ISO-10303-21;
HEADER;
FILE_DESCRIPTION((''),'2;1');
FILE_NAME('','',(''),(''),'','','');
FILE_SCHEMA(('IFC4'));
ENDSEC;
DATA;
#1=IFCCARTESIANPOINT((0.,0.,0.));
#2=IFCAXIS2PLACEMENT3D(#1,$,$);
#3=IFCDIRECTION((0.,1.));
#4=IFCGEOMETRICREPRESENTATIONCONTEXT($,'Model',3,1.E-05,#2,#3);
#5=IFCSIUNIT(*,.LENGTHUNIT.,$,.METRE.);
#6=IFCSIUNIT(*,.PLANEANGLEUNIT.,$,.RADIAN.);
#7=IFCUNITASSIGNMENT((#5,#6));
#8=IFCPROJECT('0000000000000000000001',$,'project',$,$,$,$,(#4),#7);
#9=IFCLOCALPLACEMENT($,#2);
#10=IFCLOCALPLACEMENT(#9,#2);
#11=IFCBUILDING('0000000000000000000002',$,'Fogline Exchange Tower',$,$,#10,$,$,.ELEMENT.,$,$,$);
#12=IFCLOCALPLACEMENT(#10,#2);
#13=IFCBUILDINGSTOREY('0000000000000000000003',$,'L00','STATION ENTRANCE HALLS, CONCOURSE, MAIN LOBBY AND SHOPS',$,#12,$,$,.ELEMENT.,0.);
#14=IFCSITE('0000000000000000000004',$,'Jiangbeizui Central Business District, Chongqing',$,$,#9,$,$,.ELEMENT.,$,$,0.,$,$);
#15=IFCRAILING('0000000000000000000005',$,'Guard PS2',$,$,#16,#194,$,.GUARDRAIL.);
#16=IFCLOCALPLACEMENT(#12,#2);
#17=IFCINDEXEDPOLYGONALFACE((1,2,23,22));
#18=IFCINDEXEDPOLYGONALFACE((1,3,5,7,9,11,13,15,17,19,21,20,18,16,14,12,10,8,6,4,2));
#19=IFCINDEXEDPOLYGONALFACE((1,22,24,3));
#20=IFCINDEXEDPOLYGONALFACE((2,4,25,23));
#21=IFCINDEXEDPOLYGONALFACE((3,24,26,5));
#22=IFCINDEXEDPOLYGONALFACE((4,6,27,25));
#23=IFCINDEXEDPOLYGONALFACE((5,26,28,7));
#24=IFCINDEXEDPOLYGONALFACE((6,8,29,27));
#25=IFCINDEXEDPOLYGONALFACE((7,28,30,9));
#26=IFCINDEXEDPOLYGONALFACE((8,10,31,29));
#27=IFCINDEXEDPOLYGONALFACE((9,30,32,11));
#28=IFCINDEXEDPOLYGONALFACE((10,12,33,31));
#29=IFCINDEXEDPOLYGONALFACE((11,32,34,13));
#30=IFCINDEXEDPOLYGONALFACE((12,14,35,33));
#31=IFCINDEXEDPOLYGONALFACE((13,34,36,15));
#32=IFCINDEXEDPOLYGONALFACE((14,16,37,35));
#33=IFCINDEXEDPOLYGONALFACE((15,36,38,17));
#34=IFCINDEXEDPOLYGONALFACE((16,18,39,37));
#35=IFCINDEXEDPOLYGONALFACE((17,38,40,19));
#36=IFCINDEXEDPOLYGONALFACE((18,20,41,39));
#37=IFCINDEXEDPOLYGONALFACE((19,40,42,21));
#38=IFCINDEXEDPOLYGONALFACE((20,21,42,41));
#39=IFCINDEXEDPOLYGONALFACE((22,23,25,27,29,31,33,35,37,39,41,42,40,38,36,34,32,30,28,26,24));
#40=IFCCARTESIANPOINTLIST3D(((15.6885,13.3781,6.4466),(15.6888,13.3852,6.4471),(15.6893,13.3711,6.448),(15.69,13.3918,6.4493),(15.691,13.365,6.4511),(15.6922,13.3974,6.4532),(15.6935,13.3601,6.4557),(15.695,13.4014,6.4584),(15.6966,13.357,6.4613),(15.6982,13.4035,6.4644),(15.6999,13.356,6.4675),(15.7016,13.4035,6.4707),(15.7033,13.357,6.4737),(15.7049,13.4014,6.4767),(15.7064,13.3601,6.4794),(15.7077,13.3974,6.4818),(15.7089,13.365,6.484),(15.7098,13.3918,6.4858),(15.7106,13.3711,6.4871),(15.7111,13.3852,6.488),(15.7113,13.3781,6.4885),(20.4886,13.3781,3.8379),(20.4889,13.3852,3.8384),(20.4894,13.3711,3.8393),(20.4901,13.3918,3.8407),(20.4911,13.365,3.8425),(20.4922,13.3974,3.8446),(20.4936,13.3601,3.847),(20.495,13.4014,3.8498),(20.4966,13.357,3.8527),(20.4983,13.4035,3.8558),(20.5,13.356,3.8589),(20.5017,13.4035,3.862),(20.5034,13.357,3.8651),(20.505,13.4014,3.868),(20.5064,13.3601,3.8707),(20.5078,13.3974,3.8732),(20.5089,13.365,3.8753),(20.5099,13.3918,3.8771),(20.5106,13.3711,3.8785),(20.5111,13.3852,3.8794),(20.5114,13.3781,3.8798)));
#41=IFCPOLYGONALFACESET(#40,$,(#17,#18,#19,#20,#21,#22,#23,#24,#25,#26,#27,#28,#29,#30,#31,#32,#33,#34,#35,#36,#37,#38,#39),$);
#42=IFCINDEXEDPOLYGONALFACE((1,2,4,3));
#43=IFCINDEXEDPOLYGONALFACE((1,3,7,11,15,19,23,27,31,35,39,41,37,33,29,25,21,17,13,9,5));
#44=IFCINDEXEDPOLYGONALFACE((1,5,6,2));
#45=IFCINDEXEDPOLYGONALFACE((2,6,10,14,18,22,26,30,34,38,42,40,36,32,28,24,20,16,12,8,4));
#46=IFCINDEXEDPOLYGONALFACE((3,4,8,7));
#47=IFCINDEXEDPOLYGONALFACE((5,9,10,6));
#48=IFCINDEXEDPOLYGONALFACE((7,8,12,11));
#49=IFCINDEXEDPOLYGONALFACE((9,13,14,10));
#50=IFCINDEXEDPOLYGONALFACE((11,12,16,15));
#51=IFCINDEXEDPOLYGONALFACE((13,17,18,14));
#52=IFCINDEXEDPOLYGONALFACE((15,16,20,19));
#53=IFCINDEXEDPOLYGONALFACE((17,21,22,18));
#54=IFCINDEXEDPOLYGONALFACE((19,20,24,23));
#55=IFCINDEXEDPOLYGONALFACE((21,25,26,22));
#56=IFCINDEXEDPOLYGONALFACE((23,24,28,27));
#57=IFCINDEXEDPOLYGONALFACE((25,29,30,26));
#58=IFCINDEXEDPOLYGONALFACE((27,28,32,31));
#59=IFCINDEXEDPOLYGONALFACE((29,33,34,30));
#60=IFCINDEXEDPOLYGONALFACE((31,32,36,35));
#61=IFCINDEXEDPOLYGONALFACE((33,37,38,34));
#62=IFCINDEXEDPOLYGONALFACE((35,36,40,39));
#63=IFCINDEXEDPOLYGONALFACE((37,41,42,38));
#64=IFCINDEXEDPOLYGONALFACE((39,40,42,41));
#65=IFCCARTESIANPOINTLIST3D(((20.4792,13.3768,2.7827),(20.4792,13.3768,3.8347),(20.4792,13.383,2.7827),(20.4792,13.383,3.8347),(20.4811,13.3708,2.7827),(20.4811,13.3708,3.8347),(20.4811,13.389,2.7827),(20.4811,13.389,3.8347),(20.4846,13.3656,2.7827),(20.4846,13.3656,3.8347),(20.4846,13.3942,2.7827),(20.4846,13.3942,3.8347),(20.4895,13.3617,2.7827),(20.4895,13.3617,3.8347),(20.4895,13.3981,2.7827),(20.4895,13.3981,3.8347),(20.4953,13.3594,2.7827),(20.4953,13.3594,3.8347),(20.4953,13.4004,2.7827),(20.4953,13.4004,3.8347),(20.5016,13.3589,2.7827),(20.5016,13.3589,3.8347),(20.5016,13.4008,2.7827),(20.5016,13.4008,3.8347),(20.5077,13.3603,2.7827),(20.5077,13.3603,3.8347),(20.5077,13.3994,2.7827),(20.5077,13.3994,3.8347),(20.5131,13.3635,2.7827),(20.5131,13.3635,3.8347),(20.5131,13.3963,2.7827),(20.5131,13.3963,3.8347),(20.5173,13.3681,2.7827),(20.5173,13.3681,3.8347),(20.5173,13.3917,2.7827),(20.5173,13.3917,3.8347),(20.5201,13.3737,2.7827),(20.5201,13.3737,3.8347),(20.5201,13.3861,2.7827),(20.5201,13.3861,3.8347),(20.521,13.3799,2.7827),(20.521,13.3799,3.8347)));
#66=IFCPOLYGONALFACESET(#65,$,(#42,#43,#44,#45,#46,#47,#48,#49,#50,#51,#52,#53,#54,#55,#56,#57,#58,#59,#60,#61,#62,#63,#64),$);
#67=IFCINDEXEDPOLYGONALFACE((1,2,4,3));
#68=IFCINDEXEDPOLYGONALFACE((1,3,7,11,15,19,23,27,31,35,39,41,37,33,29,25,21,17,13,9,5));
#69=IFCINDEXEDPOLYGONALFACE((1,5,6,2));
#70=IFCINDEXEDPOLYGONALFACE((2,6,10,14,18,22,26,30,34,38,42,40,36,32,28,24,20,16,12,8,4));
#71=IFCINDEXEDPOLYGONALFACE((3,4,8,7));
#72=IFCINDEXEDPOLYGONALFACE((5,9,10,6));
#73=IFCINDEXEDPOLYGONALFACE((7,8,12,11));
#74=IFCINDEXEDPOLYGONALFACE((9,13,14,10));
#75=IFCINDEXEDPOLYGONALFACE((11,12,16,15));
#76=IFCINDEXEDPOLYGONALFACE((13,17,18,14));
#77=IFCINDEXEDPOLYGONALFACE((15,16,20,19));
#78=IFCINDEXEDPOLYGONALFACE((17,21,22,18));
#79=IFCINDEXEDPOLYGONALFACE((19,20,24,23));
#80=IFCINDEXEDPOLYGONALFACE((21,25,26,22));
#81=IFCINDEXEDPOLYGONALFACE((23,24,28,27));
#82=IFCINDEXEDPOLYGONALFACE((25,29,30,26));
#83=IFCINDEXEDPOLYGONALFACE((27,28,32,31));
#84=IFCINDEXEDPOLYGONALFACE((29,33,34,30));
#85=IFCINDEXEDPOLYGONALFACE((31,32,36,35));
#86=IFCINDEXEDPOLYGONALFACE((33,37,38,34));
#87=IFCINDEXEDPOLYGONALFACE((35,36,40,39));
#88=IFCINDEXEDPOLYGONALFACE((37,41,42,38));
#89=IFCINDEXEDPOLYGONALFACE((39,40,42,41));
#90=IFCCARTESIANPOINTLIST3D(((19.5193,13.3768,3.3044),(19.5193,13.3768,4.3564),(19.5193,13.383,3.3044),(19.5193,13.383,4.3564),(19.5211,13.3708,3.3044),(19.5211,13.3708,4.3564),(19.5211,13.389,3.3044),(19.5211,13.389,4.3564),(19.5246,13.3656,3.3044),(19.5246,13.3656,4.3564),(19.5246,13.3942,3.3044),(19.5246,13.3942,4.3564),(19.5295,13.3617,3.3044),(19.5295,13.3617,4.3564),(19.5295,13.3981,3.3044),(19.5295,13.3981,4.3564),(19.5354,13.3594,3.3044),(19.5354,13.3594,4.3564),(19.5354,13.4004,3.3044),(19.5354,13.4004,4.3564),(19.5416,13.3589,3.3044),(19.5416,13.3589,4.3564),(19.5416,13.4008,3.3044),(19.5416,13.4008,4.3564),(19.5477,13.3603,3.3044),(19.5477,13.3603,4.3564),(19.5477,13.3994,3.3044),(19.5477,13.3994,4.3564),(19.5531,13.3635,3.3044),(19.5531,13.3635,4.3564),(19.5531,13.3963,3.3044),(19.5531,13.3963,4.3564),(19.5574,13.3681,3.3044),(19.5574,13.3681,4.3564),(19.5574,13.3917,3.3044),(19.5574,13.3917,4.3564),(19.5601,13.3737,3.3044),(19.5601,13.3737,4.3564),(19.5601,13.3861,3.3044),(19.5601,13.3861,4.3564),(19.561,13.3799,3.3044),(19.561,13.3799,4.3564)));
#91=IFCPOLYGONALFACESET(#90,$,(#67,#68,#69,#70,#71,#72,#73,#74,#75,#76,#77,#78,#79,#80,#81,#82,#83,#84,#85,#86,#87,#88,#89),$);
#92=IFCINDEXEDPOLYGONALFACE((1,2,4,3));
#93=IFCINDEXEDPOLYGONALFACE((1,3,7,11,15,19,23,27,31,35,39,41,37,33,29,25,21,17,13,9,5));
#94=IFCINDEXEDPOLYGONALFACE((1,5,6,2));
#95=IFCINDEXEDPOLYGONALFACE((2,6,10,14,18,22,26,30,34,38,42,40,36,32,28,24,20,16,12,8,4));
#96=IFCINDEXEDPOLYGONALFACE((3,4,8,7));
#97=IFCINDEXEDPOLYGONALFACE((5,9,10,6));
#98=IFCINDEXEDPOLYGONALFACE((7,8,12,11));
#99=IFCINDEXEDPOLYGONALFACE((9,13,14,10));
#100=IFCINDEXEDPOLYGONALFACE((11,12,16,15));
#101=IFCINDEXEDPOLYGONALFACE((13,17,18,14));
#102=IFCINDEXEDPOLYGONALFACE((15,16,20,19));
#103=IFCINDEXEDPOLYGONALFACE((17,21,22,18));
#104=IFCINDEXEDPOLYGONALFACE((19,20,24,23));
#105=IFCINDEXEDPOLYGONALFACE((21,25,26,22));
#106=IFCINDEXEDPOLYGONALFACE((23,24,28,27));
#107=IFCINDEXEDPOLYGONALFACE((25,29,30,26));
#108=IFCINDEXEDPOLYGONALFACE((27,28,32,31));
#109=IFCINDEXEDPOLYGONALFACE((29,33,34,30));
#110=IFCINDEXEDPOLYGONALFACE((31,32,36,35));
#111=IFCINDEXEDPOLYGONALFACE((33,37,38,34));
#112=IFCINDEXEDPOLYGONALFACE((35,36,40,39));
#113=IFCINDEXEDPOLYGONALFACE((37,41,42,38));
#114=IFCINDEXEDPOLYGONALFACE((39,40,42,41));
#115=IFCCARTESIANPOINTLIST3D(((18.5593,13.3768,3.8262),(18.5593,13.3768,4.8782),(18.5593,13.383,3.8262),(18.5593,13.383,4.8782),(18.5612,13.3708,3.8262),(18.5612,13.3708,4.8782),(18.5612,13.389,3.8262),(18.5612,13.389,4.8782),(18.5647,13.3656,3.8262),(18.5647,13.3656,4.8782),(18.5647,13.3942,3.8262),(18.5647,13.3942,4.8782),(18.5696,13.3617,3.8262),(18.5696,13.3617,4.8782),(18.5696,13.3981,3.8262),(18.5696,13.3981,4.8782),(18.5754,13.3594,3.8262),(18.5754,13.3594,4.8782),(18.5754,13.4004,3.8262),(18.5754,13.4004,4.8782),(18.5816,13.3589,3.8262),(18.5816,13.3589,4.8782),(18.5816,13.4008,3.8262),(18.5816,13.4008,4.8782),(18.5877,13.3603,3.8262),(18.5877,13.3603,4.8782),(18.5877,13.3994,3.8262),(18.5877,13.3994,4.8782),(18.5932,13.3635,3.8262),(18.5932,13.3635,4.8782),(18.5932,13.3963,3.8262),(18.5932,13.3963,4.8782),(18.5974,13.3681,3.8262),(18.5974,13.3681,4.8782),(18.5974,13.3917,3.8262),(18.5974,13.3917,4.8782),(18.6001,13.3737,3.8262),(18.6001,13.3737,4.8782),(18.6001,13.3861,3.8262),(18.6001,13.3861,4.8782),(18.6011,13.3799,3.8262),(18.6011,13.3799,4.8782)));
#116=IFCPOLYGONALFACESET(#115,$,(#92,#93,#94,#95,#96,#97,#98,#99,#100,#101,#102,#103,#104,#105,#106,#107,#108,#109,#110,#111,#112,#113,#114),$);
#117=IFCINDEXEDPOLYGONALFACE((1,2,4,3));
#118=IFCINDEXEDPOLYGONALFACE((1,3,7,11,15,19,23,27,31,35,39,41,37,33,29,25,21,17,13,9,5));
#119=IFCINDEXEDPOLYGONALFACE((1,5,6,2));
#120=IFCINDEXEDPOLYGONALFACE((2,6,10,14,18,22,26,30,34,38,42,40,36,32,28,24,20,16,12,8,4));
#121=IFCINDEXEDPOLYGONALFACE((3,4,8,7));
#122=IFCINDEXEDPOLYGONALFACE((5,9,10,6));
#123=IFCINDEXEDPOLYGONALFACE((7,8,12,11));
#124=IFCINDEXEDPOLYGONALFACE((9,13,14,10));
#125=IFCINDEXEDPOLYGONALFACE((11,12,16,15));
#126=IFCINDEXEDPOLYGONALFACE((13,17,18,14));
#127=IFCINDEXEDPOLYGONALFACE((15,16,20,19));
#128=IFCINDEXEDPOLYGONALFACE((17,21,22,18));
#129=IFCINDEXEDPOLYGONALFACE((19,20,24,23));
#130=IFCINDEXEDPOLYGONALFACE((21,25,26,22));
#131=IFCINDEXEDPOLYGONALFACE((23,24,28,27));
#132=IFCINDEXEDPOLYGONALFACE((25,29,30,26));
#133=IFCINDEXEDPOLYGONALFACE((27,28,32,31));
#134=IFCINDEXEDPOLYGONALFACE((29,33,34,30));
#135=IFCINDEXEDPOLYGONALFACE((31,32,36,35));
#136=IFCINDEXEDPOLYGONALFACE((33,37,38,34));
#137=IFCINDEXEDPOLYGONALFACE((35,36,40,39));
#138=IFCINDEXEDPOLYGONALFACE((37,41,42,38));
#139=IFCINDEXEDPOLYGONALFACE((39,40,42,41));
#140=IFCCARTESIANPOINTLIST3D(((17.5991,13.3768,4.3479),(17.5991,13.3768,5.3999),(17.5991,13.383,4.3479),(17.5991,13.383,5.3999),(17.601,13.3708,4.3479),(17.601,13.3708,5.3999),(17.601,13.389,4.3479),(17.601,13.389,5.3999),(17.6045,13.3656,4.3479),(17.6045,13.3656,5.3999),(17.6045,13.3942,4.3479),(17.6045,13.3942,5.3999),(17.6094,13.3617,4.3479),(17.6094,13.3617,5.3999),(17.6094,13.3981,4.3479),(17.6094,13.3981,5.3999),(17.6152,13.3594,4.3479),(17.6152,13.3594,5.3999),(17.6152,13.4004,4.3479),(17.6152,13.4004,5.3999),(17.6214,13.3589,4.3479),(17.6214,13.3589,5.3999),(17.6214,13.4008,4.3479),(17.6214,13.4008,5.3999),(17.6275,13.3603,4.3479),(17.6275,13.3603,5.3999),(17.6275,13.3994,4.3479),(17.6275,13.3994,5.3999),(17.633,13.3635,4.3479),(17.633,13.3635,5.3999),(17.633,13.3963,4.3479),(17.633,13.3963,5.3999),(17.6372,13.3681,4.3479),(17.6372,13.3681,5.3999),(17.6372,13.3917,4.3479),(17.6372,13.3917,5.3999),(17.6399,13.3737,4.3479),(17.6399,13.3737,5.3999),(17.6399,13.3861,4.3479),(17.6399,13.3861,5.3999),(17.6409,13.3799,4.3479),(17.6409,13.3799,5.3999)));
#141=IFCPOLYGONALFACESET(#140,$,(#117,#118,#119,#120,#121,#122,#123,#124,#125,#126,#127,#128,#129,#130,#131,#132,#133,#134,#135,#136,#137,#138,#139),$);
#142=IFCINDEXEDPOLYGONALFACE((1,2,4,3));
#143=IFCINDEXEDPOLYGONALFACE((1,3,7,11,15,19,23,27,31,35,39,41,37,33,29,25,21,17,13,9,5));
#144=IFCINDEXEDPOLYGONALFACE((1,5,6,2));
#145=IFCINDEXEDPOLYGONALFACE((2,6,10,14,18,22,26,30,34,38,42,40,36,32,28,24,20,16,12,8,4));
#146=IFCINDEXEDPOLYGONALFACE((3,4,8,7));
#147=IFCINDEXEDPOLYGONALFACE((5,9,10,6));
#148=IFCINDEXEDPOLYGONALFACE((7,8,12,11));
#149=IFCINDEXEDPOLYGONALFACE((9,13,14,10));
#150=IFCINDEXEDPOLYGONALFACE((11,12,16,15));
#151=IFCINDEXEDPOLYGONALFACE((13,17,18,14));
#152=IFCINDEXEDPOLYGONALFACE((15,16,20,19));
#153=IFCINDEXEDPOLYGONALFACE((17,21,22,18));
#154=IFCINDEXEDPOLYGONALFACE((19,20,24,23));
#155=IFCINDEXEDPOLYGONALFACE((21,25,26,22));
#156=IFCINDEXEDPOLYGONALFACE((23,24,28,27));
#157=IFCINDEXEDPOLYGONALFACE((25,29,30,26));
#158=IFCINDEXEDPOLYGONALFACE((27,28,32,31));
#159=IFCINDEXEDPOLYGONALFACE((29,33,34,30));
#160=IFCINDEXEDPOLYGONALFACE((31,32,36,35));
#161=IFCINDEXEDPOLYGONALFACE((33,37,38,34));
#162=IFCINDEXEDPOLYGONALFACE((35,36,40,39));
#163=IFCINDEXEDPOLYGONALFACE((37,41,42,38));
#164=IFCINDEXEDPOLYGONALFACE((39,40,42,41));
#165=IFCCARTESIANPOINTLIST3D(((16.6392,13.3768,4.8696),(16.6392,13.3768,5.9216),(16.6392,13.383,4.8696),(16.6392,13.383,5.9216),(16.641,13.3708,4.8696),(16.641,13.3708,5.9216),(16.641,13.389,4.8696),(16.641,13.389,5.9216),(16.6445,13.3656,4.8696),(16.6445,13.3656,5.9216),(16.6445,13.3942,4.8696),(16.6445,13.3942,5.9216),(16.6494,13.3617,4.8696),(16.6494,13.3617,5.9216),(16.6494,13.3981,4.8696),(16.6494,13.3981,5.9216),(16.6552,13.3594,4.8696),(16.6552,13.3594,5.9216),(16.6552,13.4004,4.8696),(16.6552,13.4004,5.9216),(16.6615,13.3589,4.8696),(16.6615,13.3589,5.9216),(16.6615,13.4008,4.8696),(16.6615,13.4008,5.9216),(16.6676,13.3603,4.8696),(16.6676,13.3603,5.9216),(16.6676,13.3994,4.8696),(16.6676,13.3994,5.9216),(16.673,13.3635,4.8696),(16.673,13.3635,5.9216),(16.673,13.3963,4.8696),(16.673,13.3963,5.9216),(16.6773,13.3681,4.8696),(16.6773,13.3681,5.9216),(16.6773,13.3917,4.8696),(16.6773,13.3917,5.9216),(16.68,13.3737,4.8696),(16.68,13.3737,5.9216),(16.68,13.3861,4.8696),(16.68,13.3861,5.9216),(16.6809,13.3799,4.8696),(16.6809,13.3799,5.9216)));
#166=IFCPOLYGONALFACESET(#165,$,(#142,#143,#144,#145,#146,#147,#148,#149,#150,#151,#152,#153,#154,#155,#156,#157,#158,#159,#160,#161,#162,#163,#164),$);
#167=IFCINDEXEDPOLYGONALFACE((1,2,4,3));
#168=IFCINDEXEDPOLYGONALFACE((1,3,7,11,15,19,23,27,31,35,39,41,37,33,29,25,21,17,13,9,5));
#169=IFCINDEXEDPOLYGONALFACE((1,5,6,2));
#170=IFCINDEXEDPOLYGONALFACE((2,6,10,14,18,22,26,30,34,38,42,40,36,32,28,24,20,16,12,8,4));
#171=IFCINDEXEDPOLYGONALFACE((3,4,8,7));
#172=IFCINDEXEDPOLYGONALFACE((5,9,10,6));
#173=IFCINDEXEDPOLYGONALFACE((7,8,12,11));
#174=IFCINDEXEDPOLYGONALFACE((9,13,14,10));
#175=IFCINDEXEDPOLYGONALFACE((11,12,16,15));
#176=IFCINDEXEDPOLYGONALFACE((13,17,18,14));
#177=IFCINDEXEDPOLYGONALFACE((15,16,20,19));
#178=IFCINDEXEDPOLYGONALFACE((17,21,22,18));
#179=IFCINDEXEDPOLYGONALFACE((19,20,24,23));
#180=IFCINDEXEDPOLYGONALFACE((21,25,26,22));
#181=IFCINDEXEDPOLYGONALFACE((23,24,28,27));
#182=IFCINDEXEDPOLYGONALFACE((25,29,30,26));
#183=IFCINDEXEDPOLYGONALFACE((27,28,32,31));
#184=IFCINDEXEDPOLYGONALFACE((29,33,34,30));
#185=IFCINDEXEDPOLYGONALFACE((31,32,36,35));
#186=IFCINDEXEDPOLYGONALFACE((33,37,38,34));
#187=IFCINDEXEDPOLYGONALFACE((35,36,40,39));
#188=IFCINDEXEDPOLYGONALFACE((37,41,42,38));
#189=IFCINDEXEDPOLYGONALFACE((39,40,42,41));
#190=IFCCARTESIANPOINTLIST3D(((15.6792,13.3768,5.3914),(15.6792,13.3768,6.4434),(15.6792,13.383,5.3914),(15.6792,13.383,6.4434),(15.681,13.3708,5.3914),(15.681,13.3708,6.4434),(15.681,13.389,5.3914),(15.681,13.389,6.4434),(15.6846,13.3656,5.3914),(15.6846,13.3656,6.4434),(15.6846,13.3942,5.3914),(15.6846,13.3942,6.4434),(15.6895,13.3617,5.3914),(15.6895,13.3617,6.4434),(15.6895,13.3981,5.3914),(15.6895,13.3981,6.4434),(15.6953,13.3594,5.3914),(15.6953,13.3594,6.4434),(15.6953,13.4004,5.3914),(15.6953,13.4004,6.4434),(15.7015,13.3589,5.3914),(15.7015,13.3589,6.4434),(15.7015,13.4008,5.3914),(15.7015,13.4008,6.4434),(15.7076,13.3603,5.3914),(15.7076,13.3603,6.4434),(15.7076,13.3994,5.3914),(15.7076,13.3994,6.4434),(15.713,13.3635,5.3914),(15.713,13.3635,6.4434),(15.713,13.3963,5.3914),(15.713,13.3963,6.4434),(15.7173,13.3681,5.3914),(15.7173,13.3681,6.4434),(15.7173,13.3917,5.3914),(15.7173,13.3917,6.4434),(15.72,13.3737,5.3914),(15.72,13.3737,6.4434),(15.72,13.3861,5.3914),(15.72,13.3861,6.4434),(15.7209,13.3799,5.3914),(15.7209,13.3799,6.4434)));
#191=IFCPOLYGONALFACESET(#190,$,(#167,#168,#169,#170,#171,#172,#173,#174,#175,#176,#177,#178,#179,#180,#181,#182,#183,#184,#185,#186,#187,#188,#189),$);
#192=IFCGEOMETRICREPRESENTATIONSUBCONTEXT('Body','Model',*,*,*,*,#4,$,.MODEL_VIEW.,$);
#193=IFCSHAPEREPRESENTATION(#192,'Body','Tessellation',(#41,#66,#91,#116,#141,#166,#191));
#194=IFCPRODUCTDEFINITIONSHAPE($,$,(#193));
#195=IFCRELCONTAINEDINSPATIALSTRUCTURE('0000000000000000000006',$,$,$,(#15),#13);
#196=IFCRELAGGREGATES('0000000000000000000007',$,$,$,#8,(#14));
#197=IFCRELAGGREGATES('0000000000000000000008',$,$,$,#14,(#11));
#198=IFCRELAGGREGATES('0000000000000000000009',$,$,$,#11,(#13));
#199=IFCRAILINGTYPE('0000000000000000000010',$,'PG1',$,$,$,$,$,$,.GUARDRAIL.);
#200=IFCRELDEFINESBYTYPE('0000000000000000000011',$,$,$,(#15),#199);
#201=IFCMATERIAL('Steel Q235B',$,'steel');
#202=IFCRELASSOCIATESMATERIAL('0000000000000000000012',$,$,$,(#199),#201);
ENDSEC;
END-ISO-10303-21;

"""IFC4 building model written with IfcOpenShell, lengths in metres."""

from ifc_helpers import new_model, si_unit, direction, frame, origin, origin_2d, place, context, subcontext, project, spatial, circle, extrude, material, type_object, element, save


model = new_model("IFC4")

# Units and contexts
model_context = context("Model", 3, precision=1e-05, world=origin(), true_north=direction((0.0, 1.0)))
body_context = subcontext(model_context, "Body", "Model", "MODEL_VIEW")
ifc_project = project(units=[si_unit("LENGTHUNIT", "METRE"), si_unit("PLANEANGLEUNIT", "RADIAN")], contexts=[model_context])

# Site, building, storey
site_placement = place(None, origin())
site = spatial("IfcSite", under=ifc_project, at=site_placement, Name="Jiangbeizui Central Business District, Chongqing", CompositionType="ELEMENT", RefElevation=0.0)
building_placement = place(site_placement, origin())
building = spatial("IfcBuilding", under=site, at=building_placement, Name="Fogline Exchange Tower", CompositionType="ELEMENT")
storey_placement = place(building_placement, origin())
storey = spatial("IfcBuildingStorey", under=building, at=storey_placement, Name="L00", Description="STATION ENTRANCE HALLS, CONCOURSE, MAIN LOBBY AND SHOPS", CompositionType="ELEMENT", Elevation=0.0)

# Railing
ifc_material_1 = material(Name="Steel Q235B", Category="steel")
railing_type_1 = type_object("IfcRailingType", Name="PG1", PredefinedType="GUARDRAIL", material=ifc_material_1)
railing_1_placement = place(storey_placement, frame((20.5, 13.3799, 2.7827)))
element("IfcRailing", 1, at=railing_1_placement, inside=storey, type_object=railing_type_1, Name="Guard PS2", PredefinedType="GUARDRAIL", context=body_context, shape_type="SweptSolid", body=[
    extrude(circle(Radius=0.0239, at=origin_2d()), frame((0.0, 0.0, 1.0762), z_axis=(-0.878631, 0.0, 0.477502), x_axis=(0.0, -1.0, 0.0)), (0.0, 0.0, 1.0), 5.4631),
    extrude(circle(Radius=0.021, at=origin_2d()), origin(), (0.0, 0.0, 1.0), 1.052),
    extrude(circle(Radius=0.021, at=origin_2d()), frame((-0.96, 0.0, 0.5217)), (0.0, 0.0, 1.0), 1.052),
    extrude(circle(Radius=0.021, at=origin_2d()), frame((-1.9199, 0.0, 1.0435)), (0.0, 0.0, 1.0), 1.052),
    extrude(circle(Radius=0.021, at=origin_2d()), frame((-2.8801, 0.0, 1.5652)), (0.0, 0.0, 1.0), 1.052),
    extrude(circle(Radius=0.021, at=origin_2d()), frame((-3.8401, 0.0, 2.0869)), (0.0, 0.0, 1.0), 1.052),
    extrude(circle(Radius=0.021, at=origin_2d()), frame((-4.8, 0.0, 2.6086)), (0.0, 0.0, 1.0), 1.052),
])

save(model, "model.ifc")
